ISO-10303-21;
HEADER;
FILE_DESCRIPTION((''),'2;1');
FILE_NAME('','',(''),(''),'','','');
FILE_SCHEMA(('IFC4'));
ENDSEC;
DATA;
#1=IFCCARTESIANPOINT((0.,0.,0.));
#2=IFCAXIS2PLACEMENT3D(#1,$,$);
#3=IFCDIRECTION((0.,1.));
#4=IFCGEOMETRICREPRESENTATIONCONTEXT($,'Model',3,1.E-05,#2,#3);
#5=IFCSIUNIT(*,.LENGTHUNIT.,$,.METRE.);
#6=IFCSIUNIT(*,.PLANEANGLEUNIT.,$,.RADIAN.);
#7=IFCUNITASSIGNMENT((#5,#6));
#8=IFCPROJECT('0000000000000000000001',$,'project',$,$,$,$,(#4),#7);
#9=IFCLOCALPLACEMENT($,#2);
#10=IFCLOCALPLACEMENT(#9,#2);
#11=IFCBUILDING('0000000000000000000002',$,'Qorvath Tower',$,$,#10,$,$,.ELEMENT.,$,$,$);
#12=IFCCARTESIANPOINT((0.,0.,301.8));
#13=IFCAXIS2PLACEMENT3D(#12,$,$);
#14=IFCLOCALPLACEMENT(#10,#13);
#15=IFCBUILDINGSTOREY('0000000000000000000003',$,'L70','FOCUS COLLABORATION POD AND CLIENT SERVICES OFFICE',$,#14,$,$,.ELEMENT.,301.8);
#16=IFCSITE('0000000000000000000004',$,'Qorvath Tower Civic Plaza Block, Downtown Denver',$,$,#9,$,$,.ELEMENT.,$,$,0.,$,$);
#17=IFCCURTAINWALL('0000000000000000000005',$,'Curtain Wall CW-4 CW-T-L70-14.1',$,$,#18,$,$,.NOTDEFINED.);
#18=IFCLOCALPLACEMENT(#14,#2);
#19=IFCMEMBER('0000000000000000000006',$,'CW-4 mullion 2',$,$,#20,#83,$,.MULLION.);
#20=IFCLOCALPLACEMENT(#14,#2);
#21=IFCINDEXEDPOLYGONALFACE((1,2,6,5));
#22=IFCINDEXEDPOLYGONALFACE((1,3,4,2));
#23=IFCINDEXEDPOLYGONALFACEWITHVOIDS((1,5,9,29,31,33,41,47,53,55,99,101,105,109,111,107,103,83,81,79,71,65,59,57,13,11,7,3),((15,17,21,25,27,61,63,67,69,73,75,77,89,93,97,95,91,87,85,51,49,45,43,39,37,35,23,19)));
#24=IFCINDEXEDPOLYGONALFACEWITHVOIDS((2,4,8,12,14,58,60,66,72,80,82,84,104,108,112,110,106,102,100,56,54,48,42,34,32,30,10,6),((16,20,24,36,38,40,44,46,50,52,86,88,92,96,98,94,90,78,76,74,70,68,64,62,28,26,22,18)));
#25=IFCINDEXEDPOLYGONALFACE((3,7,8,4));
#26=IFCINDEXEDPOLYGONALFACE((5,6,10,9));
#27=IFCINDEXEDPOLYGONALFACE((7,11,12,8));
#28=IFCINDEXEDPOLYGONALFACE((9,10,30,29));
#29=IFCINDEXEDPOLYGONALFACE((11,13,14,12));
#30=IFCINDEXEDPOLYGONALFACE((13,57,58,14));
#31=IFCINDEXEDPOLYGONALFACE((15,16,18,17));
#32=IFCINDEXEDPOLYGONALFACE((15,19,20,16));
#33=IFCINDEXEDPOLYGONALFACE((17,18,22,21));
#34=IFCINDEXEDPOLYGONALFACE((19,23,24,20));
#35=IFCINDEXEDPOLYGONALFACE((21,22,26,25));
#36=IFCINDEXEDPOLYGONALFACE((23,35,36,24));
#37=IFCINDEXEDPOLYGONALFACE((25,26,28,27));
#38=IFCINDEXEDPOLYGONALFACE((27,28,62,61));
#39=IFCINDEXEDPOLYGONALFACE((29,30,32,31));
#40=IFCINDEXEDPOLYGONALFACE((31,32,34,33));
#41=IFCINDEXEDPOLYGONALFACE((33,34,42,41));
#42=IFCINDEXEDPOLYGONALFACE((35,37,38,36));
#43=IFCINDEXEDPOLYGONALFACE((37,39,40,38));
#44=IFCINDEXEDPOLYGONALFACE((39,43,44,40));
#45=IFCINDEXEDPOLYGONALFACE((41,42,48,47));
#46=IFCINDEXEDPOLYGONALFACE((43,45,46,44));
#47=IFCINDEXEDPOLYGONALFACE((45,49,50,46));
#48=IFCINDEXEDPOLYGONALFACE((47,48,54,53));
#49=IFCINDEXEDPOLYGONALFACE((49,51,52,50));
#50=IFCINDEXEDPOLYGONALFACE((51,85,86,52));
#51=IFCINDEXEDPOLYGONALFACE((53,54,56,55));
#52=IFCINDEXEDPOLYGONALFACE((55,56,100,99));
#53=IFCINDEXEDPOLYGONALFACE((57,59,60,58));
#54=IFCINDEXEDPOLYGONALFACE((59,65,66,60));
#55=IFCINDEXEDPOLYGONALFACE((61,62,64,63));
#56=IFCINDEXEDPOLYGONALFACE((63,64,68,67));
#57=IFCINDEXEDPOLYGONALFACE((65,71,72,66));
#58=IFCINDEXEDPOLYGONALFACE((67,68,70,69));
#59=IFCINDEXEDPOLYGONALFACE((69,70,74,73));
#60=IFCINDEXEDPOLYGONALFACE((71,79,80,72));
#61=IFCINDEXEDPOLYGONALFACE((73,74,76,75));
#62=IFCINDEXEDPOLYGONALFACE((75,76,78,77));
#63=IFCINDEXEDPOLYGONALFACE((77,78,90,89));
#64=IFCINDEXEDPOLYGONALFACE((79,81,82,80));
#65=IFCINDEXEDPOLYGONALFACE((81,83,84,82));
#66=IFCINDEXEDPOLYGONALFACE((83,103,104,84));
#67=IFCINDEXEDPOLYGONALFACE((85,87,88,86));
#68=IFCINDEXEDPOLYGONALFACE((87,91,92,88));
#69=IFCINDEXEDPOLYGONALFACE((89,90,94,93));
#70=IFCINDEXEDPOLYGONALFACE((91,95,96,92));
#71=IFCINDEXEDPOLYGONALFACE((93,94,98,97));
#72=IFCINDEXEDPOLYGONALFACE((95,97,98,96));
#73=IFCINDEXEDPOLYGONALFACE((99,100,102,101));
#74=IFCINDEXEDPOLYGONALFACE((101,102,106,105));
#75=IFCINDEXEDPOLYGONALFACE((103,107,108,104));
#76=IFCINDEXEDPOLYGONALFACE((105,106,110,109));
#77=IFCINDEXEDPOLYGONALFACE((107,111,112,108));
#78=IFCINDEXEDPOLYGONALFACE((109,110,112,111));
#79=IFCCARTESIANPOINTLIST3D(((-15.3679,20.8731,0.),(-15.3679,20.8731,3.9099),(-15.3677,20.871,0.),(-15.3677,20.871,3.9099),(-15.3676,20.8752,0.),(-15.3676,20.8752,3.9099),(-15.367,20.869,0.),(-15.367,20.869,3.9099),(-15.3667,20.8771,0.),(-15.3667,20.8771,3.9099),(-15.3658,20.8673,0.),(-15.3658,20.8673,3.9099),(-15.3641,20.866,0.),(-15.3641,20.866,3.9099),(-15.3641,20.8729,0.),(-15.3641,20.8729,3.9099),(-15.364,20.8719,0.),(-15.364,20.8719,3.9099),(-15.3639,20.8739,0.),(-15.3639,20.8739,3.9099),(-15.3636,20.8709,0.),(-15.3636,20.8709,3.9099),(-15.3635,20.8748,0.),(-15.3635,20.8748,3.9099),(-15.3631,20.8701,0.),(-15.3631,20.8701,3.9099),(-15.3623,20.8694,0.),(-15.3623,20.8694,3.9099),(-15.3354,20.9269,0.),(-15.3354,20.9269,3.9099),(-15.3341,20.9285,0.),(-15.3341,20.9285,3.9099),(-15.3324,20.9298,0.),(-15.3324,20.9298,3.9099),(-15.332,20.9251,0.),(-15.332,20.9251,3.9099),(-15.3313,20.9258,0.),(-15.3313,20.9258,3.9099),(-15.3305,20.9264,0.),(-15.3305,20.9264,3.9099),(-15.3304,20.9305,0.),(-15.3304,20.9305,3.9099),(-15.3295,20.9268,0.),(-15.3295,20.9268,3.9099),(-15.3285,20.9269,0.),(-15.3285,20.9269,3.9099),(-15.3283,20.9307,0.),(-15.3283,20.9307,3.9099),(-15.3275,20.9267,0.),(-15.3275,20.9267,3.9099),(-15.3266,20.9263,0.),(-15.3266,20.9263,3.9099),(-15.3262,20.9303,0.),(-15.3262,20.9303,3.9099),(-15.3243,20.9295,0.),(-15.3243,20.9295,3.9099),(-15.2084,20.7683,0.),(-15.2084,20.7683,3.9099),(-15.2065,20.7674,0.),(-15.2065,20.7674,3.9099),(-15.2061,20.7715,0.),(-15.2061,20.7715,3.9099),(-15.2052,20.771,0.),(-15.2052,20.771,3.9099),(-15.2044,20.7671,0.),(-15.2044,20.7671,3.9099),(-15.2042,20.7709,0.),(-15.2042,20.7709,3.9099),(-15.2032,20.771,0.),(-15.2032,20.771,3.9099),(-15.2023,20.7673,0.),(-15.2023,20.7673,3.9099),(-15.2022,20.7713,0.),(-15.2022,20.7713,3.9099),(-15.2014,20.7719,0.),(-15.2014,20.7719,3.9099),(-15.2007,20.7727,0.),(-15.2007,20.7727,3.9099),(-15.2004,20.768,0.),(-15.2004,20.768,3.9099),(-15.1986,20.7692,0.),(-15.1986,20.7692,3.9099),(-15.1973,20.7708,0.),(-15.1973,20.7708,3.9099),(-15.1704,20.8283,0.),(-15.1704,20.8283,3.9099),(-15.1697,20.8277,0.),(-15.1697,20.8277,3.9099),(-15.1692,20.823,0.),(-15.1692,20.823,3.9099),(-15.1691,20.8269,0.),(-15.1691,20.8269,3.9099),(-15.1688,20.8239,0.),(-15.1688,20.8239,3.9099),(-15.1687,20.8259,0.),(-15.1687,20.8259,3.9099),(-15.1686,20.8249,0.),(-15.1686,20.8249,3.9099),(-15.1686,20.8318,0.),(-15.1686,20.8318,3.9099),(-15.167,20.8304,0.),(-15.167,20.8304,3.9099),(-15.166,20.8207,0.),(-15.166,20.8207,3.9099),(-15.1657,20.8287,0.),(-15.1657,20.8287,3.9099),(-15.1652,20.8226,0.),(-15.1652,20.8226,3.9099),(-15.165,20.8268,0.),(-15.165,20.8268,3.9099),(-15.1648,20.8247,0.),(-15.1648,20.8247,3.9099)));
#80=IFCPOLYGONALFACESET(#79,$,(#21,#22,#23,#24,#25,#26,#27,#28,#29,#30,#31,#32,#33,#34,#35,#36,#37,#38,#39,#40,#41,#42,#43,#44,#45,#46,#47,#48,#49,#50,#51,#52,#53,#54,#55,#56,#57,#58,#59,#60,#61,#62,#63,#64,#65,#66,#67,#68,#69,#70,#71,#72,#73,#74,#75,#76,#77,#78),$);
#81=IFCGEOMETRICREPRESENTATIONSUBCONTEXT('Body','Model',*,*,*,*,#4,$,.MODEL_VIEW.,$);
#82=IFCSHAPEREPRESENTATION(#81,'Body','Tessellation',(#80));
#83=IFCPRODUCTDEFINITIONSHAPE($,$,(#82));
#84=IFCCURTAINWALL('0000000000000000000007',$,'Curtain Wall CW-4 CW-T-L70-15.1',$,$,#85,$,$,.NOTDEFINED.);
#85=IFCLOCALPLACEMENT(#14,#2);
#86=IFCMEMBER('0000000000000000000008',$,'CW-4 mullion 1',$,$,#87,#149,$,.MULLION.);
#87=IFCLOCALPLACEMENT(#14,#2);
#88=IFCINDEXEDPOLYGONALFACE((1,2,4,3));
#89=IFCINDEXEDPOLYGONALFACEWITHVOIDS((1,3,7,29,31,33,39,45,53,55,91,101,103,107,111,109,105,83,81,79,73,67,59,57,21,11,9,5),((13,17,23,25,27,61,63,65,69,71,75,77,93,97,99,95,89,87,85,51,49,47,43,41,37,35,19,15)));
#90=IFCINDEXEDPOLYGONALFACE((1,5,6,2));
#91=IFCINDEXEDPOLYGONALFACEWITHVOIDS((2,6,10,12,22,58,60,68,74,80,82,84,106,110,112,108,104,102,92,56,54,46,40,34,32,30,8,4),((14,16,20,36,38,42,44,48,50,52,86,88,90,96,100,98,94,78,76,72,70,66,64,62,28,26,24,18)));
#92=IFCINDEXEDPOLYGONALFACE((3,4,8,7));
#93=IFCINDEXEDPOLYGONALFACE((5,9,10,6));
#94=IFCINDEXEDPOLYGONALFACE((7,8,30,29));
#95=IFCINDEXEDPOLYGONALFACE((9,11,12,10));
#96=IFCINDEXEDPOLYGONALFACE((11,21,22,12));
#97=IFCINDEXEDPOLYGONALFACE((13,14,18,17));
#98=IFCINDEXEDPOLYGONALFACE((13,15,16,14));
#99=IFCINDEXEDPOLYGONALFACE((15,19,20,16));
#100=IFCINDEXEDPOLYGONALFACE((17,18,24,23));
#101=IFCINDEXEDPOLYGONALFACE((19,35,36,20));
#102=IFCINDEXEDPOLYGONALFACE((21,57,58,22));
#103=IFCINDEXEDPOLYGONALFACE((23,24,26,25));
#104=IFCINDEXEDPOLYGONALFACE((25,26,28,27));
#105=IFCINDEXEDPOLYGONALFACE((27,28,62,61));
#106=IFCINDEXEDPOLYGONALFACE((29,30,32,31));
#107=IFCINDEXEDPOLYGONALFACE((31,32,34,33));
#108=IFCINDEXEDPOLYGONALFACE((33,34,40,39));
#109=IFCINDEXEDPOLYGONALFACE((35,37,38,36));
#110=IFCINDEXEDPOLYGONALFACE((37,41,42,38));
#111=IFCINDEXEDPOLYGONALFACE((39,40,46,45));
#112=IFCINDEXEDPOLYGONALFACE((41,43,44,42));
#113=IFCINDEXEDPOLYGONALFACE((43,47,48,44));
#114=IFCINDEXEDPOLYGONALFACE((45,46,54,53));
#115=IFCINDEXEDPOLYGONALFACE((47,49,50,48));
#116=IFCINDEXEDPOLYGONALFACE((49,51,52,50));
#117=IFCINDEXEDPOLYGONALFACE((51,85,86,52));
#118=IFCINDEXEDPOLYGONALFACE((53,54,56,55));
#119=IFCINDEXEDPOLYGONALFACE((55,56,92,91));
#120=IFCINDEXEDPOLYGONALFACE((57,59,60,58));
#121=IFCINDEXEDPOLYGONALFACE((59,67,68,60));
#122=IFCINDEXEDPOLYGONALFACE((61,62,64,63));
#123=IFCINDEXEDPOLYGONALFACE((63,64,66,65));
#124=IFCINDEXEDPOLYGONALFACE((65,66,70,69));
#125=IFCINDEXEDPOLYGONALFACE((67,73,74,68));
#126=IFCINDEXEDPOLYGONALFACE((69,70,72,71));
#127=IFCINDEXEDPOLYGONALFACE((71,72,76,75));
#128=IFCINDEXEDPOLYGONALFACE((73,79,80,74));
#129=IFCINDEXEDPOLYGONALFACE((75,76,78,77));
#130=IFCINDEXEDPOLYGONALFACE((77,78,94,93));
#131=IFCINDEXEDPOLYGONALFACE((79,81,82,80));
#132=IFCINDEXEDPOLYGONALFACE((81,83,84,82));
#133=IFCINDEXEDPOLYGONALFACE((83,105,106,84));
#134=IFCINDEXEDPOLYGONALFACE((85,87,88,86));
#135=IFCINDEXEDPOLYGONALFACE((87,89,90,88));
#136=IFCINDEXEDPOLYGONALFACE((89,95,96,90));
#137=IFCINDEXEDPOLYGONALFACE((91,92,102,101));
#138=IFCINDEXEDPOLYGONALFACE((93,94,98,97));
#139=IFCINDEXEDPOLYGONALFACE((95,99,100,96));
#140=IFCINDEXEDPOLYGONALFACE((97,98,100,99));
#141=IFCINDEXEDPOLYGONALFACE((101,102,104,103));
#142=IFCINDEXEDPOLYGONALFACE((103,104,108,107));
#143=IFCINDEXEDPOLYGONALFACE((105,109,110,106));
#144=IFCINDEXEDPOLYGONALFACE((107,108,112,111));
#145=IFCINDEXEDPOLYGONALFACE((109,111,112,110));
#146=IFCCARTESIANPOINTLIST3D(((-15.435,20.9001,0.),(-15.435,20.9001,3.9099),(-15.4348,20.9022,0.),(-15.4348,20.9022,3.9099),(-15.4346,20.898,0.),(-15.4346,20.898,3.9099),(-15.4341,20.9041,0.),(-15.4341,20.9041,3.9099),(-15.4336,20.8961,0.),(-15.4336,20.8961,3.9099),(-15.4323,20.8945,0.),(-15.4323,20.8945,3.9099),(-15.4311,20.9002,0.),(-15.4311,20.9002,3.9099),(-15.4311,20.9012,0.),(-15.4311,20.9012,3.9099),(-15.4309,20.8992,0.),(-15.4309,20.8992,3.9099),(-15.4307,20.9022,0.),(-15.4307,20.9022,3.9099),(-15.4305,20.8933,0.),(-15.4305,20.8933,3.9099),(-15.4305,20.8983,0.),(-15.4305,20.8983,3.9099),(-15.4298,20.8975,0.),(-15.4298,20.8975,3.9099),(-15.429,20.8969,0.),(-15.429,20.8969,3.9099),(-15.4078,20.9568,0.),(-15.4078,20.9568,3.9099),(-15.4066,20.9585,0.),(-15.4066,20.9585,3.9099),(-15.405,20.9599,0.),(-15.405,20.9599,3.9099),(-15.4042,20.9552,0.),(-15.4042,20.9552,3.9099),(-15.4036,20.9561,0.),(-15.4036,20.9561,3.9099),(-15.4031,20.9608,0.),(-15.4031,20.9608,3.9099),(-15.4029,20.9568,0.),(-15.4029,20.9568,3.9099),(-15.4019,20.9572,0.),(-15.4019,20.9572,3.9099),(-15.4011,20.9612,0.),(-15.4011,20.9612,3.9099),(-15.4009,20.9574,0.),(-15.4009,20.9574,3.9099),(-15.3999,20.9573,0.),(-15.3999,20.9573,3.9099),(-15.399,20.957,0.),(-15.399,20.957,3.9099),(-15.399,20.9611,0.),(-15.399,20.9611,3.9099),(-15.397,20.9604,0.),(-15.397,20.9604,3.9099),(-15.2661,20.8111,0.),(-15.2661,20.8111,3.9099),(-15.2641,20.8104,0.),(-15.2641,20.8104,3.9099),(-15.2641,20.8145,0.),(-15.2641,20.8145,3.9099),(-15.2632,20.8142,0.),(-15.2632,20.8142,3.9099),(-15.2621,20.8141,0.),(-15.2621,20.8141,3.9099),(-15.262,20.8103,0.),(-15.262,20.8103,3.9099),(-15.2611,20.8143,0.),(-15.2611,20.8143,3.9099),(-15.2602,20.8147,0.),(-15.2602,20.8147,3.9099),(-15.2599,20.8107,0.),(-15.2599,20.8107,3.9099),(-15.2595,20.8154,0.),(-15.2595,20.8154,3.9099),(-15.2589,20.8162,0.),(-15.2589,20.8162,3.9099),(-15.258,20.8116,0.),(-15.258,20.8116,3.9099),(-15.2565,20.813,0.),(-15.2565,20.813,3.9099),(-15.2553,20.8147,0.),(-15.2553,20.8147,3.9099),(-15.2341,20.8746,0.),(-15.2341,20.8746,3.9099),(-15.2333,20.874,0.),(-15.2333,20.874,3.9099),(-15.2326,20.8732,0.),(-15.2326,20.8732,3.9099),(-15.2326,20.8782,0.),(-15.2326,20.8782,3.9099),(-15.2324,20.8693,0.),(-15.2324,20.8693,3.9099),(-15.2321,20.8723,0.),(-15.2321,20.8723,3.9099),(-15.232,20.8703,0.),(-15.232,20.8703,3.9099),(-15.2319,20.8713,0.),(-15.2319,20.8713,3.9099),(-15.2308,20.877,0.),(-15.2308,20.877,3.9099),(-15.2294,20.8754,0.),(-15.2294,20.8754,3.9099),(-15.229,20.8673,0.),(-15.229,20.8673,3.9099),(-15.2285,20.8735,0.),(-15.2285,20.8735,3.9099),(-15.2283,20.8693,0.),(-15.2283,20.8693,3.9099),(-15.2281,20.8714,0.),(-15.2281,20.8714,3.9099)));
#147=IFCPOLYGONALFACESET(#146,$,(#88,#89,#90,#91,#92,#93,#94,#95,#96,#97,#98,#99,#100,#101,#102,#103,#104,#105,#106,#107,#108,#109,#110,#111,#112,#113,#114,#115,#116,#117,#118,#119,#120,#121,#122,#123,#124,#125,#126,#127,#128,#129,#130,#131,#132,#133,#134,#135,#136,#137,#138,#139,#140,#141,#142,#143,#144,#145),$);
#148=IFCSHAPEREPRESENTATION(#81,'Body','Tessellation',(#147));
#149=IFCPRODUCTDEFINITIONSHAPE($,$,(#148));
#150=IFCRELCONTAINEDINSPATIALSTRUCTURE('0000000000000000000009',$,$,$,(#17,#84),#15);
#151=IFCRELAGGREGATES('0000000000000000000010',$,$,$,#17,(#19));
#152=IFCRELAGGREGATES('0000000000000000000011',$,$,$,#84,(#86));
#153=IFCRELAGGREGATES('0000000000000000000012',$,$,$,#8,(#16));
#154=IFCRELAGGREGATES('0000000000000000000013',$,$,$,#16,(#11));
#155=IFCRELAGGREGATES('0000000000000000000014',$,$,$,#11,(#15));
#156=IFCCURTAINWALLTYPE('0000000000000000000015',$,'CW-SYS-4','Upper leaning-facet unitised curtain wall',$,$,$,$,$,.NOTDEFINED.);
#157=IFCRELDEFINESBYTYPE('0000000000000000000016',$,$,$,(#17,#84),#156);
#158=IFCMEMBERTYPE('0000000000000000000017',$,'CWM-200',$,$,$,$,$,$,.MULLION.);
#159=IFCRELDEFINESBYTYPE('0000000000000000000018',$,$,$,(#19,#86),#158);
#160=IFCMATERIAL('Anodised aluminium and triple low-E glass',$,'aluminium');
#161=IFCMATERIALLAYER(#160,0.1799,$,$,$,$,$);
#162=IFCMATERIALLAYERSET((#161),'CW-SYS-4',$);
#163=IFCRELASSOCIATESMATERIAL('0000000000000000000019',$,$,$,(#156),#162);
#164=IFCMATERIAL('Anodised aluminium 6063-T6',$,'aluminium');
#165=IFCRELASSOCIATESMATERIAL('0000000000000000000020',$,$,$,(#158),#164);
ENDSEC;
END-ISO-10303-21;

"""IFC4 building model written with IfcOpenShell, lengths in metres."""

from ifc_helpers import new_model, si_unit, direction, frame, origin, origin_2d, place, context, subcontext, project, spatial, hollow_rectangle, extrude, material, layer, layer_set, material_profile, profile_set, type_object, element, aggregate, save


model = new_model("IFC4")

# Units and contexts
model_context = context("Model", 3, precision=1e-05, world=origin(), true_north=direction((0.0, 1.0)))
body_context = subcontext(model_context, "Body", "Model", "MODEL_VIEW")
ifc_project = project(units=[si_unit("LENGTHUNIT", "METRE"), si_unit("PLANEANGLEUNIT", "RADIAN")], contexts=[model_context])

# Site, building, storey
site_placement = place(None, origin())
site = spatial("IfcSite", under=ifc_project, at=site_placement, Name="Qorvath Tower Civic Plaza Block, Downtown Denver", CompositionType="ELEMENT", RefElevation=0.0)
building_placement = place(site_placement, origin())
building = spatial("IfcBuilding", under=site, at=building_placement, Name="Qorvath Tower", CompositionType="ELEMENT")
storey_placement = place(building_placement, frame((0.0, 0.0, 301.8)))
storey = spatial("IfcBuildingStorey", under=building, at=storey_placement, Name="L70", Description="FOCUS COLLABORATION POD AND CLIENT SERVICES OFFICE", CompositionType="ELEMENT", Elevation=301.8)

# Shared definitions
ifc_material_1 = material(Name="Anodised aluminium and triple low-E glass", Category="aluminium")
ifc_layer_1 = layer(ifc_material_1, 0.1799)
ifc_layer_set_1 = layer_set([ifc_layer_1], Name="CW-SYS-4")
curtain_wall_type = type_object("IfcCurtainWallType", Name="CW-SYS-4", Description="Upper leaning-facet unitised curtain wall", PredefinedType="NOTDEFINED", material=ifc_layer_set_1)
ifc_material_2 = material(Name="Anodised aluminium 6063-T6", Category="aluminium")
ifc_material_profile_1 = material_profile(ifc_material_2, hollow_rectangle(XDim=0.075, YDim=0.2, WallThickness=0.0039, InnerFilletRadius=0.0039, OuterFilletRadius=0.0081, at=origin_2d()), Name="CWM 200x75")
ifc_profile_set_1 = profile_set([ifc_material_profile_1], Name="Anodised aluminium 6063-T6")
member_type_1 = type_object("IfcMemberType", Name="CWM-200", PredefinedType="MULLION", material=ifc_profile_set_1)

# Curtain walls, members
curtain_wall_1_placement = place(storey_placement, origin())
curtain_wall_1 = element("IfcCurtainWall", 1, at=curtain_wall_1_placement, inside=storey, type_object=curtain_wall_type, Name="Curtain Wall CW-4 CW-T-L70-14.1", PredefinedType="NOTDEFINED")
member_1_placement = place(storey_placement, frame((-15.2664, 20.8489, 0.0), z_axis=(0.0, 0.0, 1.0), x_axis=(-0.531382, -0.847133, 0.0)))
member_1 = element("IfcMember", 2, at=member_1_placement, type_object=member_type_1, Name="CW-4 mullion 2", PredefinedType="MULLION", context=body_context, shape_type="SweptSolid", body=[
    extrude(hollow_rectangle(XDim=0.075, YDim=0.2, WallThickness=0.0039, InnerFilletRadius=0.0039, OuterFilletRadius=0.0081, at=origin_2d()), origin(), (0.0, 0.0, 1.0), 3.9099),
])
curtain_wall_2_placement = place(storey_placement, origin())
curtain_wall_2 = element("IfcCurtainWall", 3, at=curtain_wall_2_placement, inside=storey, type_object=curtain_wall_type, Name="Curtain Wall CW-4 CW-T-L70-15.1", PredefinedType="NOTDEFINED")
member_2_placement = place(storey_placement, frame((-15.3315, 20.8857, 0.0), z_axis=(0.0, 0.0, 1.0), x_axis=(-0.447214, -0.894427, 0.0)))
member_2 = element("IfcMember", 4, at=member_2_placement, type_object=member_type_1, Name="CW-4 mullion 1", PredefinedType="MULLION", context=body_context, shape_type="SweptSolid", body=[
    extrude(hollow_rectangle(XDim=0.075, YDim=0.2, WallThickness=0.0039, InnerFilletRadius=0.0039, OuterFilletRadius=0.0081, at=origin_2d()), origin(), (0.0, 0.0, 1.0), 3.9099),
])

aggregate(curtain_wall_1, [member_1])
aggregate(curtain_wall_2, [member_2])

save(model, "model.ifc")
